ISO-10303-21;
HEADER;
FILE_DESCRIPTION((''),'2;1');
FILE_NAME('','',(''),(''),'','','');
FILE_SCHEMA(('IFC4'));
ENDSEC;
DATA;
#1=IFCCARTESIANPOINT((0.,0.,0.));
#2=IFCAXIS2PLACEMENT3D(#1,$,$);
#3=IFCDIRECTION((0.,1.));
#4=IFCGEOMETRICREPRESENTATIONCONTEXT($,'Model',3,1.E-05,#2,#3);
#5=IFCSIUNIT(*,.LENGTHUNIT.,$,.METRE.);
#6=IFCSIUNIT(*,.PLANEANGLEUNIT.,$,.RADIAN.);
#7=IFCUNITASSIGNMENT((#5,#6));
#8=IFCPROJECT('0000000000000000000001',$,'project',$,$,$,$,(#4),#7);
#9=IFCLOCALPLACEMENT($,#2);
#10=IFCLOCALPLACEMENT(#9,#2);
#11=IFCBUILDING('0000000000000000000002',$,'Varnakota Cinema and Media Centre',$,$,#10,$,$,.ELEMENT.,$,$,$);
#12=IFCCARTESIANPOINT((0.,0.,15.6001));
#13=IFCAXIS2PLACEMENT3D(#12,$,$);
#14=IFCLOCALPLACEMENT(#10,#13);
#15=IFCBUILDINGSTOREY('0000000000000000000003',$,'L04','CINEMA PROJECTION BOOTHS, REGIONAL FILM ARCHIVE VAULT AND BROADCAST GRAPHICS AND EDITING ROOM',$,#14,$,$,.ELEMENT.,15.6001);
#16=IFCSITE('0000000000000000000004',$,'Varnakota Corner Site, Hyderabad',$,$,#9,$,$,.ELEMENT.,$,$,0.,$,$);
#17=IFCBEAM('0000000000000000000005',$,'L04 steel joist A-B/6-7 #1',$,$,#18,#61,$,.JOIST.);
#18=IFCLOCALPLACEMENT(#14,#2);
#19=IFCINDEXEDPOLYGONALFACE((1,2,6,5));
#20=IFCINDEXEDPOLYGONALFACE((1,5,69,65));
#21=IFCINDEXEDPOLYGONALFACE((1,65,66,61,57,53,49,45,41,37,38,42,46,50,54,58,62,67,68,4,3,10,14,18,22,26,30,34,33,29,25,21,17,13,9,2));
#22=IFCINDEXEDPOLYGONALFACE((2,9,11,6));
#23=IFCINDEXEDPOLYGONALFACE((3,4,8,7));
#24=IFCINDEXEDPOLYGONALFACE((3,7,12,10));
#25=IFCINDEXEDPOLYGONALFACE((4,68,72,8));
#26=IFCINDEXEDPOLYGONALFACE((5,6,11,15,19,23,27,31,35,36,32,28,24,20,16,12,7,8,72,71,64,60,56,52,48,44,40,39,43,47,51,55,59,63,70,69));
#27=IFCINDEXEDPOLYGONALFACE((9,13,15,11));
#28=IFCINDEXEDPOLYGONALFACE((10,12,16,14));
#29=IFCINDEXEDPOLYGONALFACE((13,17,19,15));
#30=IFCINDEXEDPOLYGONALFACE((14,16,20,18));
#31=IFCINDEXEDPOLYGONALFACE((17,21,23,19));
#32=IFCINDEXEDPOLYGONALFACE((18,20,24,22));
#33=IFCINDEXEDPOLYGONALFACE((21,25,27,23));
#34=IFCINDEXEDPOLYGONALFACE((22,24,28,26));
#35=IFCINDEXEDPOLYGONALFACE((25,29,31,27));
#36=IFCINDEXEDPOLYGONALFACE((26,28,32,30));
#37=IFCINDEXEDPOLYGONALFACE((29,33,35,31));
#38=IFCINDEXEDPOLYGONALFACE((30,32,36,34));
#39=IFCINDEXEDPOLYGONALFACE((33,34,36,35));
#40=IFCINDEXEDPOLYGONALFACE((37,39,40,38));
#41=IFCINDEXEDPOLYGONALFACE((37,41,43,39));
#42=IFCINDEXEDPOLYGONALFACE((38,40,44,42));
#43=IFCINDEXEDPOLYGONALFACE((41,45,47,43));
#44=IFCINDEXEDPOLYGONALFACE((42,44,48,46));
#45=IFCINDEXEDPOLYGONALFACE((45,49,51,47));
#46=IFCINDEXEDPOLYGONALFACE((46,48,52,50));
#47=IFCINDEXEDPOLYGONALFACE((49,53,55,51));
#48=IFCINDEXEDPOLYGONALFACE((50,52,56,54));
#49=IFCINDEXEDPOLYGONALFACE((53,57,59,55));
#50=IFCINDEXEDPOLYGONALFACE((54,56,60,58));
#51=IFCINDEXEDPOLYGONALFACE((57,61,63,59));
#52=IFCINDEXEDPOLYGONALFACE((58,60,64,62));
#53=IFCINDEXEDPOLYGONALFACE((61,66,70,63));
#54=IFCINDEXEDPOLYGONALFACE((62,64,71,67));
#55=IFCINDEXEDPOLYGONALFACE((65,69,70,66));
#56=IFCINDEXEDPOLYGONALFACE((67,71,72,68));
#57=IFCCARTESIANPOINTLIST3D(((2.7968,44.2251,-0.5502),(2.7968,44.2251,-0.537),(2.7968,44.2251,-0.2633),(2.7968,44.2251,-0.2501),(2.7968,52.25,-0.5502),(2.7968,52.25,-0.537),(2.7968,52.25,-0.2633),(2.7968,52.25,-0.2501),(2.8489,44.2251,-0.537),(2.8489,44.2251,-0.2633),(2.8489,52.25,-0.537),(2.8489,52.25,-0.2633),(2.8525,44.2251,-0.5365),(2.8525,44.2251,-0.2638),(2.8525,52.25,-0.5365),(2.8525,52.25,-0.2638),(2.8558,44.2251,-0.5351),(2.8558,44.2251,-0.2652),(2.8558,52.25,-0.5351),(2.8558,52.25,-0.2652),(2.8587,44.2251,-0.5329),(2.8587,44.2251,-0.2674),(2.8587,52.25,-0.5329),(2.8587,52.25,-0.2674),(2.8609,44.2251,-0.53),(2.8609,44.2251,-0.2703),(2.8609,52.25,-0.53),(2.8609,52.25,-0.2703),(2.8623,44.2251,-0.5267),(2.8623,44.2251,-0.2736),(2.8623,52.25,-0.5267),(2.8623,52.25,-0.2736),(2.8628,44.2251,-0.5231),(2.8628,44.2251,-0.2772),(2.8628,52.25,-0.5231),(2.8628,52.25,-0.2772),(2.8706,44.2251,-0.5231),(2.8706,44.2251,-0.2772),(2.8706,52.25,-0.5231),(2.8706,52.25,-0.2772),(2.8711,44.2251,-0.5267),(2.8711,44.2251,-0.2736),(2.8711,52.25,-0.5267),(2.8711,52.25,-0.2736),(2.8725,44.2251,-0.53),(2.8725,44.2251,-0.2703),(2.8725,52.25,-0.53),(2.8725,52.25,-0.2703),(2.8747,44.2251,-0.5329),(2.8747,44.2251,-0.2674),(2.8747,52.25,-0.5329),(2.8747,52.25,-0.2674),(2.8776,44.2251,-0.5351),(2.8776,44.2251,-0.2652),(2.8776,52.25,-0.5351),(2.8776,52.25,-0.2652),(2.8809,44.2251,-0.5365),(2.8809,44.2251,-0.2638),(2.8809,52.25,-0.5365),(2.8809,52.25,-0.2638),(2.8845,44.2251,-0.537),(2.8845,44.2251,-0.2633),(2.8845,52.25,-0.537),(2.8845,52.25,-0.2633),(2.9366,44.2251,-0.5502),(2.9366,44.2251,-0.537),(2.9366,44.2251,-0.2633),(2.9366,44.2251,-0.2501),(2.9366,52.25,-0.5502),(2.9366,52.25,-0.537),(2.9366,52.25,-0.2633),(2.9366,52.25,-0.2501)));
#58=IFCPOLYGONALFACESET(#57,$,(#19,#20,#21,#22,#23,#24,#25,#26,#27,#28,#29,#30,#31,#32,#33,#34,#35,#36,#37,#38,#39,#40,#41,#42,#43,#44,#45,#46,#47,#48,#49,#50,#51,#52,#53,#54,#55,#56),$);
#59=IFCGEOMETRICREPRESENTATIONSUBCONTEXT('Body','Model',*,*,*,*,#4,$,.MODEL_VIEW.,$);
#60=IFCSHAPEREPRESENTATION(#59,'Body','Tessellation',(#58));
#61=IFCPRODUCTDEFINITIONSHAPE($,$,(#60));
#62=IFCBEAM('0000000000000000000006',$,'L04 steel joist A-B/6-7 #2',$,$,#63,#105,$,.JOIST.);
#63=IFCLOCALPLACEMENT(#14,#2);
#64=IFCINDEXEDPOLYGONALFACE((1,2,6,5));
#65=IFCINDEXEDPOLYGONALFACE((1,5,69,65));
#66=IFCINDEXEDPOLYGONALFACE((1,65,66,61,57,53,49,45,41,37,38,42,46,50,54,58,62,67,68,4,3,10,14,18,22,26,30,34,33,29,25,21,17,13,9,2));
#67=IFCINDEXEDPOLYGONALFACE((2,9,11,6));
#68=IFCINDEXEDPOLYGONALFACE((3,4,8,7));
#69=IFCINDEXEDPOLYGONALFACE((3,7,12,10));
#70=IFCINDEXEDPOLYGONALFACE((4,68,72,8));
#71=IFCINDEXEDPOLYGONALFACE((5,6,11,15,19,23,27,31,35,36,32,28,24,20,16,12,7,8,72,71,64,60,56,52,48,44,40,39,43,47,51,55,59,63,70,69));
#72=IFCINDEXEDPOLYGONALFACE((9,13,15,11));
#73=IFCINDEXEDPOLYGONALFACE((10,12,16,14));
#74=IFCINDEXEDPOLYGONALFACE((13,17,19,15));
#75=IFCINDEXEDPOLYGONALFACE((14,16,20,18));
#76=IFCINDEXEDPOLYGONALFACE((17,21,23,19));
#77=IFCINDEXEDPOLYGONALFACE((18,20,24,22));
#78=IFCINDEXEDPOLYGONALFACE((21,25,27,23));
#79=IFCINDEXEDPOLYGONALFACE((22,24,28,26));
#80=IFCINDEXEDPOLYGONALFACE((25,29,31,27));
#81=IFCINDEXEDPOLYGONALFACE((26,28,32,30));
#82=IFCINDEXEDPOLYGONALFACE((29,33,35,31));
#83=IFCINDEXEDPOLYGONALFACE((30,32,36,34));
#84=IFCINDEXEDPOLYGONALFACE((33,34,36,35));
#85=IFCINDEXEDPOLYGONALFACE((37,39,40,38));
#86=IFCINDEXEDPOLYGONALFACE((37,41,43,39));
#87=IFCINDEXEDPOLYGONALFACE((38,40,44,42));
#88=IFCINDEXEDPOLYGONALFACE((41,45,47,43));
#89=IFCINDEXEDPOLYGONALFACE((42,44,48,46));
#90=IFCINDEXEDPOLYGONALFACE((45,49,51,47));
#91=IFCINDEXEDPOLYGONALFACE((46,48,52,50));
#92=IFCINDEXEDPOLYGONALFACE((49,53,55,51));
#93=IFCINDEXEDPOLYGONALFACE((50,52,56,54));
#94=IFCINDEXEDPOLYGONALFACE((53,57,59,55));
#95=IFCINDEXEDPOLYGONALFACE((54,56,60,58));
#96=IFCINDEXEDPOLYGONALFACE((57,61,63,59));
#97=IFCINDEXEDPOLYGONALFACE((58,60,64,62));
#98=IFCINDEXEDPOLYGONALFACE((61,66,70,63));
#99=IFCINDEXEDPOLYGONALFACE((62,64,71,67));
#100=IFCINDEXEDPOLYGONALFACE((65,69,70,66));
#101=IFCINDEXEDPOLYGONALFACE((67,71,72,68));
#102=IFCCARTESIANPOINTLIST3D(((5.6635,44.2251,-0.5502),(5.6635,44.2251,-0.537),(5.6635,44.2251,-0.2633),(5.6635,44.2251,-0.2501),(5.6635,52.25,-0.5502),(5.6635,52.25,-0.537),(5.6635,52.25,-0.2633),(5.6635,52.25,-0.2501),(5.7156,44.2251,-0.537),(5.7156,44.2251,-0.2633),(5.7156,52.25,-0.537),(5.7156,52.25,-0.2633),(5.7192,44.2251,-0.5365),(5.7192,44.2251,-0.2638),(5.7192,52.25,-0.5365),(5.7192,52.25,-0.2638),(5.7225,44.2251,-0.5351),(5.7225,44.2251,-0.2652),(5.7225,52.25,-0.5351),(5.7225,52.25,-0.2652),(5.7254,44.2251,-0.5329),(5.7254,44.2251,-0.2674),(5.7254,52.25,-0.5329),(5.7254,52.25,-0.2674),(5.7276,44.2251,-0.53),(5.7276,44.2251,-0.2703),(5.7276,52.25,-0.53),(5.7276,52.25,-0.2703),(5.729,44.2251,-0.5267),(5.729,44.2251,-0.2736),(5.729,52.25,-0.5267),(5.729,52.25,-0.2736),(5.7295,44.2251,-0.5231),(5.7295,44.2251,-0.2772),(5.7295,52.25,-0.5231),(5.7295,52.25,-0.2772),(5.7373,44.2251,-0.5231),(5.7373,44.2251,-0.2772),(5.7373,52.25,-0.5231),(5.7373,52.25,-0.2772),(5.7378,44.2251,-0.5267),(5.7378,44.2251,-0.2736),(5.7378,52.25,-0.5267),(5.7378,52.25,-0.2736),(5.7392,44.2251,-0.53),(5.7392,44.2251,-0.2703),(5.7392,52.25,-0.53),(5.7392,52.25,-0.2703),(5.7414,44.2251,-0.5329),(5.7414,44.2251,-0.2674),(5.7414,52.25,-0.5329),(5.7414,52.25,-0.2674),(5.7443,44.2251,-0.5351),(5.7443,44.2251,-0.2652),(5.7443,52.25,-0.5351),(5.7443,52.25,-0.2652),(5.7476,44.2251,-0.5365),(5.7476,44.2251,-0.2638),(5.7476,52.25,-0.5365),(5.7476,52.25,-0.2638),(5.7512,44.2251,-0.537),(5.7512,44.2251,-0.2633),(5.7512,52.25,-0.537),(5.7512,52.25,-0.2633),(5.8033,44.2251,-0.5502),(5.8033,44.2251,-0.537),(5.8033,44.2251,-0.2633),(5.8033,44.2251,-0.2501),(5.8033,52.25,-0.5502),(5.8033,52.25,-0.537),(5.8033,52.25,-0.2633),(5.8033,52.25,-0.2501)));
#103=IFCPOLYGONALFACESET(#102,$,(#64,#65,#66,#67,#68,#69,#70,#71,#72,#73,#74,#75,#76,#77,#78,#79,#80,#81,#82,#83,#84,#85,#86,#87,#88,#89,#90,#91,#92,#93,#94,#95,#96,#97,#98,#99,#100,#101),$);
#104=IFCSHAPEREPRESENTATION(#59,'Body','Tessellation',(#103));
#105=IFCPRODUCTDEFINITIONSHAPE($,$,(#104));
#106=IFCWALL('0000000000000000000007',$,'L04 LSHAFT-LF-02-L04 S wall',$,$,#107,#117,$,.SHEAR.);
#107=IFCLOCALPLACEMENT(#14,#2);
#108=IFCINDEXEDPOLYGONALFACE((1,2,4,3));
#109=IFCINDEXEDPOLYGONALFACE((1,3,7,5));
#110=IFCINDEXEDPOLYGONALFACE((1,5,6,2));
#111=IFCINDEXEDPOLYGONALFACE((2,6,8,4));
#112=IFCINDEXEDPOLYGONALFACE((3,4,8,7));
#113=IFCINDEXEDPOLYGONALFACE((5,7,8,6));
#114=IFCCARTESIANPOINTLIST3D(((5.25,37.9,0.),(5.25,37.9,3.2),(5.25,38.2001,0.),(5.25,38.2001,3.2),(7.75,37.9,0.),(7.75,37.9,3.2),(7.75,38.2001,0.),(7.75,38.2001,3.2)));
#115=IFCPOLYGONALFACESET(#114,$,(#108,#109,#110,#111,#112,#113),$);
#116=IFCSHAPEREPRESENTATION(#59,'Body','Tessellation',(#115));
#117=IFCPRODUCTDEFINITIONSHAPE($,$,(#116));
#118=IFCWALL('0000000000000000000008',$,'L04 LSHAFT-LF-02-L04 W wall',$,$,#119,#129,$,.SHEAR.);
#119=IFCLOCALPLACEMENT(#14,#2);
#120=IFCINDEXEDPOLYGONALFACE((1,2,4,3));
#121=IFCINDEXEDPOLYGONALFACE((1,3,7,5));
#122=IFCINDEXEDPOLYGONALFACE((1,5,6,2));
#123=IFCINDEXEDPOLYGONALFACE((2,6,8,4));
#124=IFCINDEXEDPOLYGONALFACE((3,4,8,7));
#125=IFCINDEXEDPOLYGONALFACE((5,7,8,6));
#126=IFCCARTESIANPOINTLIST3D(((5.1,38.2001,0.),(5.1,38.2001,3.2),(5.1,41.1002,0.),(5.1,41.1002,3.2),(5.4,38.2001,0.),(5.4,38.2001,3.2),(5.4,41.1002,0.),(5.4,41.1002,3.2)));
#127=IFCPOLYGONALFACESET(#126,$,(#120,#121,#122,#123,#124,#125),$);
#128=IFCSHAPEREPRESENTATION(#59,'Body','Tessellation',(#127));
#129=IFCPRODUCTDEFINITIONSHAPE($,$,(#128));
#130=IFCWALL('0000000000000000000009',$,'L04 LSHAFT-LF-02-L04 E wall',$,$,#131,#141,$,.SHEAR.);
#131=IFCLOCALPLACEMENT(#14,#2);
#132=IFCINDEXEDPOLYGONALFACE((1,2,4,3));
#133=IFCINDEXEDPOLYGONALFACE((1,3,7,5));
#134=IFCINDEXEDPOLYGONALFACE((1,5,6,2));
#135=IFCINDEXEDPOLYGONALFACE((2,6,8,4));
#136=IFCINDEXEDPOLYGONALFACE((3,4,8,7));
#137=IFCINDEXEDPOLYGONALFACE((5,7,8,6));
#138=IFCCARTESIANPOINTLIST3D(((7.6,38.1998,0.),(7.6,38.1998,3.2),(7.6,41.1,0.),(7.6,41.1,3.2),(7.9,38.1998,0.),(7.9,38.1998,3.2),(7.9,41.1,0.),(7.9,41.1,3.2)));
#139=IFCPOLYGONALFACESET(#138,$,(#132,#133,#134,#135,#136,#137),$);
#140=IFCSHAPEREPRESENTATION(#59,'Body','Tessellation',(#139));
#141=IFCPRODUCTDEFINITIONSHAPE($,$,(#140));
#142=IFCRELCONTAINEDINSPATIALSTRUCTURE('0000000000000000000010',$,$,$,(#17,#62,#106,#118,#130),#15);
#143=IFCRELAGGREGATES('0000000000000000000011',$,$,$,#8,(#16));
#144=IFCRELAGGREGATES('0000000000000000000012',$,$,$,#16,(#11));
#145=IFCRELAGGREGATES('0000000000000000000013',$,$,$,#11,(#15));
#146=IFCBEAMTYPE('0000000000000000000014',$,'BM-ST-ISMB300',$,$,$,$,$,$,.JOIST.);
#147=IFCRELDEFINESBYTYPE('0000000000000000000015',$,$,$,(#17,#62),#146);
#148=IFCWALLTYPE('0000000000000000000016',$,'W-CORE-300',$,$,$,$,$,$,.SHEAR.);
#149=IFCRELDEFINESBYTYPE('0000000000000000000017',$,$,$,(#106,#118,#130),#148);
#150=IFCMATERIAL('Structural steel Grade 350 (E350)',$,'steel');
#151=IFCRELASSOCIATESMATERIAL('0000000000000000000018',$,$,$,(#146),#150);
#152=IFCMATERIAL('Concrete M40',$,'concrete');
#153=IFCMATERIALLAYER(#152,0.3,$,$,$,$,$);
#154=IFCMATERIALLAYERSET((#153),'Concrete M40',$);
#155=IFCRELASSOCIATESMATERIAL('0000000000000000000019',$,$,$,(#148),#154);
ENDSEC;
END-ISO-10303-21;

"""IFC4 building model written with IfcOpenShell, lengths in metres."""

from ifc_helpers import new_model, si_unit, direction, frame, frame_2d, origin, origin_2d, place, context, subcontext, project, spatial, rectangle, i_section, extrude, material, layer, layer_set, material_profile, profile_set, type_object, element, save


model = new_model("IFC4")

# Units and contexts
model_context = context("Model", 3, precision=1e-05, world=origin(), true_north=direction((0.0, 1.0)))
body_context = subcontext(model_context, "Body", "Model", "MODEL_VIEW")
ifc_project = project(units=[si_unit("LENGTHUNIT", "METRE"), si_unit("PLANEANGLEUNIT", "RADIAN")], contexts=[model_context])

# Site, building, storey
site_placement = place(None, origin())
site = spatial("IfcSite", under=ifc_project, at=site_placement, Name="Varnakota Corner Site, Hyderabad", CompositionType="ELEMENT", RefElevation=0.0)
building_placement = place(site_placement, origin())
building = spatial("IfcBuilding", under=site, at=building_placement, Name="Varnakota Cinema and Media Centre", CompositionType="ELEMENT")
storey_placement = place(building_placement, frame((0.0, 0.0, 15.6001)))
storey = spatial("IfcBuildingStorey", under=building, at=storey_placement, Name="L04", Description="CINEMA PROJECTION BOOTHS, REGIONAL FILM ARCHIVE VAULT AND BROADCAST GRAPHICS AND EDITING ROOM", CompositionType="ELEMENT", Elevation=15.6001)

# Beams
ifc_material_1 = material(Name="Structural steel Grade 350 (E350)", Category="steel")
ifc_material_profile_1 = material_profile(ifc_material_1, i_section(OverallWidth=0.1399, OverallDepth=0.3, WebThickness=0.0078, FlangeThickness=0.0132, FilletRadius=0.0139, at=origin_2d()), Name="ISMB 300")
ifc_profile_set_1 = profile_set([ifc_material_profile_1], Name="Structural steel Grade 350 (E350)")
beam_type_1 = type_object("IfcBeamType", Name="BM-ST-ISMB300", PredefinedType="JOIST", material=ifc_profile_set_1)
for number, where, z_axis, x_axis, name in (
    (1, (2.8667, 44.2251, -0.4001), (0.0, 1.0, 0.0), (-1.0, 0.0, 0.0), "L04 steel joist A-B/6-7 #1"),
    (2, (5.7334, 44.2251, -0.4001), (0.0, 1.0, 0.0), (-1.0, 0.0, 0.0), "L04 steel joist A-B/6-7 #2"),
):
    element("IfcBeam", number, at=place(storey_placement, frame(where, z_axis=z_axis, x_axis=x_axis)), inside=storey, type_object=beam_type_1, Name=name, PredefinedType="JOIST", context=body_context, shape_type="SweptSolid", body=[
        extrude(i_section(OverallWidth=0.1399, OverallDepth=0.3, WebThickness=0.0078, FlangeThickness=0.0132, FilletRadius=0.0139, at=origin_2d()), origin(), (0.0, 0.0, 1.0), 8.0249),
    ])

# Walls
ifc_material_2 = material(Name="Concrete M40", Category="concrete")
ifc_layer_1 = layer(ifc_material_2, 0.3)
ifc_layer_set_1 = layer_set([ifc_layer_1], Name="Concrete M40")
wall_type_1 = type_object("IfcWallType", Name="W-CORE-300", PredefinedType="SHEAR", material=ifc_layer_set_1)
wall_1_placement = place(storey_placement, frame((7.75, 38.05, 0.0), z_axis=(0.0, 0.0, 1.0), x_axis=(-1.0, 0.0, 0.0)))
element("IfcWall", 3, at=wall_1_placement, inside=storey, type_object=wall_type_1, Name="L04 LSHAFT-LF-02-L04 S wall", PredefinedType="SHEAR", context=body_context, shape_type="SweptSolid", body=[
    extrude(rectangle(XDim=2.5, YDim=0.3, at=frame_2d((1.25, 0.0))), origin(), (0.0, 0.0, 1.0), 3.2),
])
wall_2_placement = place(storey_placement, frame((5.25, 38.2, 0.0), z_axis=(0.0, 0.0, 1.0), x_axis=(0.0, 1.0, 0.0)))
element("IfcWall", 4, at=wall_2_placement, inside=storey, type_object=wall_type_1, Name="L04 LSHAFT-LF-02-L04 W wall", PredefinedType="SHEAR", context=body_context, shape_type="SweptSolid", body=[
    extrude(rectangle(XDim=2.9001, YDim=0.3, at=frame_2d((1.4502, 0.0))), origin(), (0.0, 0.0, 1.0), 3.2),
])

# Wall
wall_3_placement = place(storey_placement, frame((7.75, 41.1001, 0.0), z_axis=(0.0, 0.0, 1.0), x_axis=(0.0, -1.0, 0.0)))
element("IfcWall", 5, at=wall_3_placement, inside=storey, type_object=wall_type_1, Name="L04 LSHAFT-LF-02-L04 E wall", PredefinedType="SHEAR", context=body_context, shape_type="SweptSolid", body=[
    extrude(rectangle(XDim=2.9001, YDim=0.3, at=frame_2d((1.4502, 0.0))), origin(), (0.0, 0.0, 1.0), 3.2),
])

save(model, "model.ifc")
